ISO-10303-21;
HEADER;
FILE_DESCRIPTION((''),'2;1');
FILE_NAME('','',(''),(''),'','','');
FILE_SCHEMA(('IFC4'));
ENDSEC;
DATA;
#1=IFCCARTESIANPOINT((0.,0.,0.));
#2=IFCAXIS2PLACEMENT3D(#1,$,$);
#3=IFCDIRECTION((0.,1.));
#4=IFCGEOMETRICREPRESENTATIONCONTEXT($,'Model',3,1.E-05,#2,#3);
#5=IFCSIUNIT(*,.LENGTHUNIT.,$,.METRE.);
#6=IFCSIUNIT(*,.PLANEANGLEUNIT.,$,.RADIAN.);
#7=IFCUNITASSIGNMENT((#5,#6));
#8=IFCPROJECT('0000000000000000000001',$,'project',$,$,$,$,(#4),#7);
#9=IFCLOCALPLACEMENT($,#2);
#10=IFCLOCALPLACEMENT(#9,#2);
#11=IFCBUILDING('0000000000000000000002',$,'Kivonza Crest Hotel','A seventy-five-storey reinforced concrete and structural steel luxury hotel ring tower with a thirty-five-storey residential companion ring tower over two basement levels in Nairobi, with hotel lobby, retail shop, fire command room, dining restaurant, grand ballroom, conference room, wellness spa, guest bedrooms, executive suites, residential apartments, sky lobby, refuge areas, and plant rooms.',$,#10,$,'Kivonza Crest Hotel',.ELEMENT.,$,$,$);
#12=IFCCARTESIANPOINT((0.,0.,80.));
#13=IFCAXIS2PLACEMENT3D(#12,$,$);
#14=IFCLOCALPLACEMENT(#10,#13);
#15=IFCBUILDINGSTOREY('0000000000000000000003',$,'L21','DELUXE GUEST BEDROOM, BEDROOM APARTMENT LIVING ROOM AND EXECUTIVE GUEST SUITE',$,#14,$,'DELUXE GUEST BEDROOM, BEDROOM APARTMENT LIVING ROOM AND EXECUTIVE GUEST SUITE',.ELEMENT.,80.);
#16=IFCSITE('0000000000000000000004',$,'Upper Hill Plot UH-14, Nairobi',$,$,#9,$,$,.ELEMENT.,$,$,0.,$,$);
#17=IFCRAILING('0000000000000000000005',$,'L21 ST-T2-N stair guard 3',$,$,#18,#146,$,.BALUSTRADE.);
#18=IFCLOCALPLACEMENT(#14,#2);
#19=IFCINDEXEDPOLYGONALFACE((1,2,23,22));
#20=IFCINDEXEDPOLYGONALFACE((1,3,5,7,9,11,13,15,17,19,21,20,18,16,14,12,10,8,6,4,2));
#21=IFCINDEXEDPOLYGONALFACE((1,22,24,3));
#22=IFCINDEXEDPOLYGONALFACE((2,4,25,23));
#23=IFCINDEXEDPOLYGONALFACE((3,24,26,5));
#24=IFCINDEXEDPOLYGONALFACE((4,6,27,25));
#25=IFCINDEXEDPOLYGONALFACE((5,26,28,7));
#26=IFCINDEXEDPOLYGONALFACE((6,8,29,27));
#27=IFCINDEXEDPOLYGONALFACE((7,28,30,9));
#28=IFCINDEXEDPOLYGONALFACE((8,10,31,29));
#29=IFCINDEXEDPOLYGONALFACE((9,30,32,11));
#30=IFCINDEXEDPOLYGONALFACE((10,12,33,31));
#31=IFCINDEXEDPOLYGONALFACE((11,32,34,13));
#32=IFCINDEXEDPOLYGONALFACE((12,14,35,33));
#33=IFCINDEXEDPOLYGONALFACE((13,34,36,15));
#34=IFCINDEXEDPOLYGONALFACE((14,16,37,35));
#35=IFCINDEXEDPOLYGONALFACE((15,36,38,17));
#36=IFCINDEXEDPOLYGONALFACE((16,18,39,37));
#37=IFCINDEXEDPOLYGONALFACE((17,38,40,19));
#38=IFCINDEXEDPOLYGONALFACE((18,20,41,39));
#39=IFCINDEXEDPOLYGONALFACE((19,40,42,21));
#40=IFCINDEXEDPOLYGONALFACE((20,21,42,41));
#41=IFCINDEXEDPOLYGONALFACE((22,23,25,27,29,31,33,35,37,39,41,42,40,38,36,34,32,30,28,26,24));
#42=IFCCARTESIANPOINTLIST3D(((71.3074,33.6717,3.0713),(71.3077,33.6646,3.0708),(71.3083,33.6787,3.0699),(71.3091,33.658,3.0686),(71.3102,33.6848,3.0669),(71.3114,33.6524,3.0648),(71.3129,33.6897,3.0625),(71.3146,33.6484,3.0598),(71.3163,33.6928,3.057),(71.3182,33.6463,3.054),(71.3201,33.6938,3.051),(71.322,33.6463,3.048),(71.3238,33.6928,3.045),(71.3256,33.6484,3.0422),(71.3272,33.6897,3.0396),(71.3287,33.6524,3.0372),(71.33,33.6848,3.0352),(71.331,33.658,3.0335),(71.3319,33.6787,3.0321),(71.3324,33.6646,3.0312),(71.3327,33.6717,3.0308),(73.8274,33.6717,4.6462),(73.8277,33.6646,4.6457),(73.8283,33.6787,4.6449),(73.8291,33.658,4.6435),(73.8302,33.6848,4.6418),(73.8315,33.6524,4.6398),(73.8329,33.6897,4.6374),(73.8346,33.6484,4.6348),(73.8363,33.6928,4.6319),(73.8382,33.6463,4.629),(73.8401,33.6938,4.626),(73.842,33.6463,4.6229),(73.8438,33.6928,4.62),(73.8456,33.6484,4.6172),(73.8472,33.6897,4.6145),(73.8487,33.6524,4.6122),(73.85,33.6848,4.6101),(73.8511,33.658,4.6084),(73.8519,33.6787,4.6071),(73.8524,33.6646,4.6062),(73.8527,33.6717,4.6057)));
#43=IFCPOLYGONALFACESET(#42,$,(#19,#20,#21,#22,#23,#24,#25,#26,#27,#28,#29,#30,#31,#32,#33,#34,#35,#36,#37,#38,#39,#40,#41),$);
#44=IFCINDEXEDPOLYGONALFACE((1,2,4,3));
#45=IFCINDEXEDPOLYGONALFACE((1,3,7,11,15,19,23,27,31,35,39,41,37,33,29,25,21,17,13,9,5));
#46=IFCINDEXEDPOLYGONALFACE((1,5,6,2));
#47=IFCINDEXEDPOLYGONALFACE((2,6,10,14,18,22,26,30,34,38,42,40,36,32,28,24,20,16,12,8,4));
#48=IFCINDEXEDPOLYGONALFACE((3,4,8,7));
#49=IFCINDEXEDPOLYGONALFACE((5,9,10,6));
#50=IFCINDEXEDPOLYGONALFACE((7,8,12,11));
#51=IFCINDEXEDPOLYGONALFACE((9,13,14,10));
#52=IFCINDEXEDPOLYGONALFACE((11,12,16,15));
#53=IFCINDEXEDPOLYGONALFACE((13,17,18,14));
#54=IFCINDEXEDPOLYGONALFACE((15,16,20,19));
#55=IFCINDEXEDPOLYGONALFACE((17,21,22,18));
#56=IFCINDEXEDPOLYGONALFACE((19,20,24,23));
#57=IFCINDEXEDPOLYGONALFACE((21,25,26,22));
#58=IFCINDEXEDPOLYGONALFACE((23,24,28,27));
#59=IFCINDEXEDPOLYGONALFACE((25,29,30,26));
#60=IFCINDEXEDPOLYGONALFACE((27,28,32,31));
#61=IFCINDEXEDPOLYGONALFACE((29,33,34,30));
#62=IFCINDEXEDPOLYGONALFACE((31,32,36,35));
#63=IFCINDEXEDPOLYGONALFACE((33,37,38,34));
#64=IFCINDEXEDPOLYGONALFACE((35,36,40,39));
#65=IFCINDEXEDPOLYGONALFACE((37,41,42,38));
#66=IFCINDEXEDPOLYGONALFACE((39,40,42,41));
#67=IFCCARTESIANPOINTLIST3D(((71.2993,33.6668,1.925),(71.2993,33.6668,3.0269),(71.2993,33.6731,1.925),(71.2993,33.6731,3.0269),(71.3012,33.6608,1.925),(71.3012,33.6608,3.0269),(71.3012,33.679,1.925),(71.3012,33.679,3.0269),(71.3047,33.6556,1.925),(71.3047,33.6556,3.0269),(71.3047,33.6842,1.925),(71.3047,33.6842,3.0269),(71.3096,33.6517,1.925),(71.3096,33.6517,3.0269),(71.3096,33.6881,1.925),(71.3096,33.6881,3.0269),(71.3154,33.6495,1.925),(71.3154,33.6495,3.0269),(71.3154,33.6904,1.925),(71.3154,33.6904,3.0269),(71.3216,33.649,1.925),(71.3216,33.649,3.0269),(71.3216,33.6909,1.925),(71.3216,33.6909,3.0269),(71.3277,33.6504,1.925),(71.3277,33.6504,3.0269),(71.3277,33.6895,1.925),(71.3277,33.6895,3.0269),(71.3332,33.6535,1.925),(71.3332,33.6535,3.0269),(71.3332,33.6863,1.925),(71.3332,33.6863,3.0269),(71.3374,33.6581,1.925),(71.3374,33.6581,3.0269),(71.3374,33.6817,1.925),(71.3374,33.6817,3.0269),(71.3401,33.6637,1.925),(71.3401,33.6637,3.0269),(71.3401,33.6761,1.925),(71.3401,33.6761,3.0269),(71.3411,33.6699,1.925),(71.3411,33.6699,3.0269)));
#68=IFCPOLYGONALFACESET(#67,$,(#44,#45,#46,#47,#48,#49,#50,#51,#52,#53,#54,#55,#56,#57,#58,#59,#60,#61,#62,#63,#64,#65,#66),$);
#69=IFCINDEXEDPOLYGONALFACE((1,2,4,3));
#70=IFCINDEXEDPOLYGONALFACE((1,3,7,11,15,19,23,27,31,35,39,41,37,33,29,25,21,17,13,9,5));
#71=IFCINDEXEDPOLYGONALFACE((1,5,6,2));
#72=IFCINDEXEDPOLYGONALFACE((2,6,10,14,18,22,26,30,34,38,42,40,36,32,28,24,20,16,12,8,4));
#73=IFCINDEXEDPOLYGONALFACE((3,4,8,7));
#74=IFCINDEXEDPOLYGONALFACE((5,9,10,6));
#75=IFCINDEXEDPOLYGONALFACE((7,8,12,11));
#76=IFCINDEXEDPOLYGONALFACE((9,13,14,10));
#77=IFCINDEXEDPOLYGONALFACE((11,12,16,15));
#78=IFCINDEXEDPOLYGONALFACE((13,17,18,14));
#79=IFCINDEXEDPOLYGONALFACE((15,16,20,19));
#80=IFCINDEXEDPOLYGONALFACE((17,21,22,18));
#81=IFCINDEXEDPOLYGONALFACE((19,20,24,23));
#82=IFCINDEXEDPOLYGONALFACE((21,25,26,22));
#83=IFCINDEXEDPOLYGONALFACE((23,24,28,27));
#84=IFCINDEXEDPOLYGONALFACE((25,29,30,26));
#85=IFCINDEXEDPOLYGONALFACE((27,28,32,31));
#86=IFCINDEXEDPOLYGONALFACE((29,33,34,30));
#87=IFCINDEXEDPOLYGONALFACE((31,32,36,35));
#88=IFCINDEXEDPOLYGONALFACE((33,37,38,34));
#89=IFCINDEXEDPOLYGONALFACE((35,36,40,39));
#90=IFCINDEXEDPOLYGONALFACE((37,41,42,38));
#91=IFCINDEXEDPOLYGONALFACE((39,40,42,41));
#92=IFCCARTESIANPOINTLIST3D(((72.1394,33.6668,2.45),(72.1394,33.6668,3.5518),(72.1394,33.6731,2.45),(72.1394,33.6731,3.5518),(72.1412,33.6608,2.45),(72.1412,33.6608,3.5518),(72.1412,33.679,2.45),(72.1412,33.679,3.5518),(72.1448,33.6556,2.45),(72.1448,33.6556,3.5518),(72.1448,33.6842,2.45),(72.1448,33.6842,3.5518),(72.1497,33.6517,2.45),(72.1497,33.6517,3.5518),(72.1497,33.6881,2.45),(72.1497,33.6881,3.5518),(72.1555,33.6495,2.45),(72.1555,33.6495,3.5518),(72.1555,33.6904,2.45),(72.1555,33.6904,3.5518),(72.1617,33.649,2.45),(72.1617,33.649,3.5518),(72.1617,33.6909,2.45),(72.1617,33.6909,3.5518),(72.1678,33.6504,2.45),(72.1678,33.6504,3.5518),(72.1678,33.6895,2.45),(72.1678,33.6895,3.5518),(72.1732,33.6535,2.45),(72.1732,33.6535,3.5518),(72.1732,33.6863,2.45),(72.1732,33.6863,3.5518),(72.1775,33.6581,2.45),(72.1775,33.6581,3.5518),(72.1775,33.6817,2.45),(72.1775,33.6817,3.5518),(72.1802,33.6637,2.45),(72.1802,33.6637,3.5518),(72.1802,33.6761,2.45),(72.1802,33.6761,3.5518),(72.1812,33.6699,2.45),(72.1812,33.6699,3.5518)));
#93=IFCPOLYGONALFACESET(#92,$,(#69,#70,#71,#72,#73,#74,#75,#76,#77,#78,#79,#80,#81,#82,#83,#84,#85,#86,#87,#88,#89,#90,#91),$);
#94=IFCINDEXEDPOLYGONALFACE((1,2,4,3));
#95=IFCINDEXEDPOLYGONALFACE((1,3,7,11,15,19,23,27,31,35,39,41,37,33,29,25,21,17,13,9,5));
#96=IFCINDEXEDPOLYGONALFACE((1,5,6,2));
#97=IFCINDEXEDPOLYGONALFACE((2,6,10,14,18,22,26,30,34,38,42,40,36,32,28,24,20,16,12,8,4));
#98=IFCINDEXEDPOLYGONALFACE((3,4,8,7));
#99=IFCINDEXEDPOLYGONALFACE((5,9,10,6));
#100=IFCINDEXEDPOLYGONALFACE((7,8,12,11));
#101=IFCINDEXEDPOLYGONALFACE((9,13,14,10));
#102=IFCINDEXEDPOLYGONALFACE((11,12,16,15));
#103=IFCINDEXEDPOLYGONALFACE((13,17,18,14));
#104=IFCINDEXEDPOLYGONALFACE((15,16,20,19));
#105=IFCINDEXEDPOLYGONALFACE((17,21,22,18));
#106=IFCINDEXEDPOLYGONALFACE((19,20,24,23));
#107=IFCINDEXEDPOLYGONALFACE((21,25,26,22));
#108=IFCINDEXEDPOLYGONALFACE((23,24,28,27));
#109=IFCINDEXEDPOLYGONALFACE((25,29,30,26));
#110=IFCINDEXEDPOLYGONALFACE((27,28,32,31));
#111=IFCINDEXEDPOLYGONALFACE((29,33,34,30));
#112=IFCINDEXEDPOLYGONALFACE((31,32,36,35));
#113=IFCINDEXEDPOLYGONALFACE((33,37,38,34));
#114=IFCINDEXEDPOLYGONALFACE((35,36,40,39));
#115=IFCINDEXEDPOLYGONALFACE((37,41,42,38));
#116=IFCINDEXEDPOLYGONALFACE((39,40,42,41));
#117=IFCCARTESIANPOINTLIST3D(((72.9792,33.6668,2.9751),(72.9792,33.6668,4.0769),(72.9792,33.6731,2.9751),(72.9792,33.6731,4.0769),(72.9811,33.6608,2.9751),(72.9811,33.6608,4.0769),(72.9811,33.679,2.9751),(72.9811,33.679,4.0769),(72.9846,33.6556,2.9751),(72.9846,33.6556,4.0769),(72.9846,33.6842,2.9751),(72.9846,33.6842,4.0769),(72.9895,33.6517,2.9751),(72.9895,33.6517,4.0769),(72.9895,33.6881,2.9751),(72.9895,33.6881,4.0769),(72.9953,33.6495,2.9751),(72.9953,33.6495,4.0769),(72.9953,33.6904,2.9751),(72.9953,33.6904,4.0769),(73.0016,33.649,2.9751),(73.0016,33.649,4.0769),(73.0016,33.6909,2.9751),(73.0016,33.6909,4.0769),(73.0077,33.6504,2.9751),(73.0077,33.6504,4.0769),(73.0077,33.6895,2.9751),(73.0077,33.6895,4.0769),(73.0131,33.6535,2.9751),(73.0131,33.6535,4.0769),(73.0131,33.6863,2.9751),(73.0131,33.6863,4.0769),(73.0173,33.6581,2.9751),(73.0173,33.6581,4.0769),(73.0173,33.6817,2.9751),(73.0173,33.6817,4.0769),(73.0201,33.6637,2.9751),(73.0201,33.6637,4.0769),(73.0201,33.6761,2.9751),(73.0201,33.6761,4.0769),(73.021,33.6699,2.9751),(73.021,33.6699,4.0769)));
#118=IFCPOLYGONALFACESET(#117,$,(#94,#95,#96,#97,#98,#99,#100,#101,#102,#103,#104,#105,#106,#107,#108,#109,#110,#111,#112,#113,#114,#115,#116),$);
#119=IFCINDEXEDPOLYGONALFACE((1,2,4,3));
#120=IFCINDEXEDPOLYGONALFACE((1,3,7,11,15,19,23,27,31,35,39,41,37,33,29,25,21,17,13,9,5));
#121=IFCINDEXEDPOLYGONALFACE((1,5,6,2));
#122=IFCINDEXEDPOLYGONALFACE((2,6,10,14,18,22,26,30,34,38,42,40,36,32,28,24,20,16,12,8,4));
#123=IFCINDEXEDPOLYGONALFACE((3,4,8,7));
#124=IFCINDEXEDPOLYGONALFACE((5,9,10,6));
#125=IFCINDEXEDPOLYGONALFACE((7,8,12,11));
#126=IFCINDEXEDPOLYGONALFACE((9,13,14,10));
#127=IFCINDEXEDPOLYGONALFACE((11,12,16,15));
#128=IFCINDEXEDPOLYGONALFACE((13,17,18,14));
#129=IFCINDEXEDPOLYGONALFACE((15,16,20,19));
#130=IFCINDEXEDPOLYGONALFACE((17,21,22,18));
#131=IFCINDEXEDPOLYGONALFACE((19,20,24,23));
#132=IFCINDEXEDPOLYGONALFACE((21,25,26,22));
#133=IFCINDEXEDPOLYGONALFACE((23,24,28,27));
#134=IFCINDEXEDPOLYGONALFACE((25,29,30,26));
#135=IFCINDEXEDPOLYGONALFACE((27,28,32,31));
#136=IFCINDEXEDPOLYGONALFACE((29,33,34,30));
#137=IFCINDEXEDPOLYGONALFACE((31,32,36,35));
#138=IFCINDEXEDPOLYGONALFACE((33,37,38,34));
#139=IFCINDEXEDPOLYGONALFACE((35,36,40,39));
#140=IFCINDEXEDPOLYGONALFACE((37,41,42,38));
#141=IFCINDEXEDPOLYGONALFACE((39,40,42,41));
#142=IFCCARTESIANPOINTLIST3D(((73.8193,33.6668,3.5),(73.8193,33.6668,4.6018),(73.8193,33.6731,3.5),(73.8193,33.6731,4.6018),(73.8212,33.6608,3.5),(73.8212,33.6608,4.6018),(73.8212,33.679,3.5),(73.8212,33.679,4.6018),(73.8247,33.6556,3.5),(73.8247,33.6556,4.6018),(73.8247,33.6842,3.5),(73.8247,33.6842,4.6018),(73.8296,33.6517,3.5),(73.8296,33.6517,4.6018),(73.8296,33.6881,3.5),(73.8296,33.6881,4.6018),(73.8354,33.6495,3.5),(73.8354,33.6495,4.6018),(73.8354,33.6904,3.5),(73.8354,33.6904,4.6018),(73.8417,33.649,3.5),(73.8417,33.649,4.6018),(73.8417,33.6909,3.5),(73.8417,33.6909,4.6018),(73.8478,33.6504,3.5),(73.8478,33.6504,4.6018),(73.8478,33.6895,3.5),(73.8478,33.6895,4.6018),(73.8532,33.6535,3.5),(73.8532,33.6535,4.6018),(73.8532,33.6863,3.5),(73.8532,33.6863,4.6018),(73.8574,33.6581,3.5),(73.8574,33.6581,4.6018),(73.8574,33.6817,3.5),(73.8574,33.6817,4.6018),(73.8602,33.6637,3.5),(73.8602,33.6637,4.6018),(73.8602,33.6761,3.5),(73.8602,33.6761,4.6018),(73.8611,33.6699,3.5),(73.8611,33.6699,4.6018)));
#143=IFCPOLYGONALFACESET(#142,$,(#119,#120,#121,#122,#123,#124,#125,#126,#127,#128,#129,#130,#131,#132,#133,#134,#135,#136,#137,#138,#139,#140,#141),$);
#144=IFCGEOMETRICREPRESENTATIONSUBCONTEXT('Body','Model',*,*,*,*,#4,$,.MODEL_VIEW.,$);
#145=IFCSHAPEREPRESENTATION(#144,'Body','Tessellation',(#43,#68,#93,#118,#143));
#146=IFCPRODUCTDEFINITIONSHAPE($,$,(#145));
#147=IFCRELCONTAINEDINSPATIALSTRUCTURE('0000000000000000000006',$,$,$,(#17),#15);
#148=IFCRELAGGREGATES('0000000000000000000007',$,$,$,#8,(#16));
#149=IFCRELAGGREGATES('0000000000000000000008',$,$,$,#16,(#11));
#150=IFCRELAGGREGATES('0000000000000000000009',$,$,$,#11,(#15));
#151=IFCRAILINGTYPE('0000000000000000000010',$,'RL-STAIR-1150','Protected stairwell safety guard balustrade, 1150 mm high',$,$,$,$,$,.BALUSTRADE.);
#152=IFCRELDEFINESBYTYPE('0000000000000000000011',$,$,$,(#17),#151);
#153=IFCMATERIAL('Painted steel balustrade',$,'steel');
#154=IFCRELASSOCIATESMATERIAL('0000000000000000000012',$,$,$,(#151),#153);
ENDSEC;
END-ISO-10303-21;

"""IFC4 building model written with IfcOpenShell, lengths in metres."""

from ifc_helpers import new_model, si_unit, direction, frame, origin, origin_2d, place, context, subcontext, project, spatial, circle, extrude, material, type_object, element, save


model = new_model("IFC4")

# Units and contexts
model_context = context("Model", 3, precision=1e-05, world=origin(), true_north=direction((0.0, 1.0)))
body_context = subcontext(model_context, "Body", "Model", "MODEL_VIEW")
ifc_project = project(units=[si_unit("LENGTHUNIT", "METRE"), si_unit("PLANEANGLEUNIT", "RADIAN")], contexts=[model_context])

# Site, building, storey
site_placement = place(None, origin())
site = spatial("IfcSite", under=ifc_project, at=site_placement, Name="Upper Hill Plot UH-14, Nairobi", CompositionType="ELEMENT", RefElevation=0.0)
building_placement = place(site_placement, origin())
building = spatial("IfcBuilding", under=site, at=building_placement, Name="Kivonza Crest Hotel", Description="A seventy-five-storey reinforced concrete and structural steel luxury hotel ring tower with a thirty-five-storey residential companion ring tower over two basement levels in Nairobi, with hotel lobby, retail shop, fire command room, dining restaurant, grand ballroom, conference room, wellness spa, guest bedrooms, executive suites, residential apartments, sky lobby, refuge areas, and plant rooms.", LongName="Kivonza Crest Hotel", CompositionType="ELEMENT")
storey_placement = place(building_placement, frame((0.0, 0.0, 80.0)))
storey = spatial("IfcBuildingStorey", under=building, at=storey_placement, Name="L21", Description="DELUXE GUEST BEDROOM, BEDROOM APARTMENT LIVING ROOM AND EXECUTIVE GUEST SUITE", LongName="DELUXE GUEST BEDROOM, BEDROOM APARTMENT LIVING ROOM AND EXECUTIVE GUEST SUITE", CompositionType="ELEMENT", Elevation=80.0)

# Railing
ifc_material_1 = material(Name="Painted steel balustrade", Category="steel")
railing_type_1 = type_object("IfcRailingType", Name="RL-STAIR-1150", Description="Protected stairwell safety guard balustrade, 1150 mm high", PredefinedType="BALUSTRADE", material=ifc_material_1)
railing_1_placement = place(storey_placement, frame((71.3201, 33.6699, 1.925)))
element("IfcRailing", 1, at=railing_1_placement, inside=storey, type_object=railing_type_1, Name="L21 ST-T2-N stair guard 3", PredefinedType="BALUSTRADE", context=body_context, shape_type="SweptSolid", body=[
    extrude(circle(Radius=0.0239, at=origin_2d()), frame((0.0, 0.0, 1.126), z_axis=(0.848008, 0.0, 0.529984), x_axis=(0.0, 1.0, 0.0)), (0.0, 0.0, 1.0), 2.9717),
    extrude(circle(Radius=0.021, at=origin_2d()), origin(), (0.0, 0.0, 1.0), 1.1018),
    extrude(circle(Radius=0.021, at=origin_2d()), frame((0.8401, 0.0, 0.5249)), (0.0, 0.0, 1.0), 1.1018),
    extrude(circle(Radius=0.021, at=origin_2d()), frame((1.6799, 0.0, 1.05)), (0.0, 0.0, 1.0), 1.1018),
    extrude(circle(Radius=0.021, at=origin_2d()), frame((2.52, 0.0, 1.575)), (0.0, 0.0, 1.0), 1.1018),
])

save(model, "model.ifc")
